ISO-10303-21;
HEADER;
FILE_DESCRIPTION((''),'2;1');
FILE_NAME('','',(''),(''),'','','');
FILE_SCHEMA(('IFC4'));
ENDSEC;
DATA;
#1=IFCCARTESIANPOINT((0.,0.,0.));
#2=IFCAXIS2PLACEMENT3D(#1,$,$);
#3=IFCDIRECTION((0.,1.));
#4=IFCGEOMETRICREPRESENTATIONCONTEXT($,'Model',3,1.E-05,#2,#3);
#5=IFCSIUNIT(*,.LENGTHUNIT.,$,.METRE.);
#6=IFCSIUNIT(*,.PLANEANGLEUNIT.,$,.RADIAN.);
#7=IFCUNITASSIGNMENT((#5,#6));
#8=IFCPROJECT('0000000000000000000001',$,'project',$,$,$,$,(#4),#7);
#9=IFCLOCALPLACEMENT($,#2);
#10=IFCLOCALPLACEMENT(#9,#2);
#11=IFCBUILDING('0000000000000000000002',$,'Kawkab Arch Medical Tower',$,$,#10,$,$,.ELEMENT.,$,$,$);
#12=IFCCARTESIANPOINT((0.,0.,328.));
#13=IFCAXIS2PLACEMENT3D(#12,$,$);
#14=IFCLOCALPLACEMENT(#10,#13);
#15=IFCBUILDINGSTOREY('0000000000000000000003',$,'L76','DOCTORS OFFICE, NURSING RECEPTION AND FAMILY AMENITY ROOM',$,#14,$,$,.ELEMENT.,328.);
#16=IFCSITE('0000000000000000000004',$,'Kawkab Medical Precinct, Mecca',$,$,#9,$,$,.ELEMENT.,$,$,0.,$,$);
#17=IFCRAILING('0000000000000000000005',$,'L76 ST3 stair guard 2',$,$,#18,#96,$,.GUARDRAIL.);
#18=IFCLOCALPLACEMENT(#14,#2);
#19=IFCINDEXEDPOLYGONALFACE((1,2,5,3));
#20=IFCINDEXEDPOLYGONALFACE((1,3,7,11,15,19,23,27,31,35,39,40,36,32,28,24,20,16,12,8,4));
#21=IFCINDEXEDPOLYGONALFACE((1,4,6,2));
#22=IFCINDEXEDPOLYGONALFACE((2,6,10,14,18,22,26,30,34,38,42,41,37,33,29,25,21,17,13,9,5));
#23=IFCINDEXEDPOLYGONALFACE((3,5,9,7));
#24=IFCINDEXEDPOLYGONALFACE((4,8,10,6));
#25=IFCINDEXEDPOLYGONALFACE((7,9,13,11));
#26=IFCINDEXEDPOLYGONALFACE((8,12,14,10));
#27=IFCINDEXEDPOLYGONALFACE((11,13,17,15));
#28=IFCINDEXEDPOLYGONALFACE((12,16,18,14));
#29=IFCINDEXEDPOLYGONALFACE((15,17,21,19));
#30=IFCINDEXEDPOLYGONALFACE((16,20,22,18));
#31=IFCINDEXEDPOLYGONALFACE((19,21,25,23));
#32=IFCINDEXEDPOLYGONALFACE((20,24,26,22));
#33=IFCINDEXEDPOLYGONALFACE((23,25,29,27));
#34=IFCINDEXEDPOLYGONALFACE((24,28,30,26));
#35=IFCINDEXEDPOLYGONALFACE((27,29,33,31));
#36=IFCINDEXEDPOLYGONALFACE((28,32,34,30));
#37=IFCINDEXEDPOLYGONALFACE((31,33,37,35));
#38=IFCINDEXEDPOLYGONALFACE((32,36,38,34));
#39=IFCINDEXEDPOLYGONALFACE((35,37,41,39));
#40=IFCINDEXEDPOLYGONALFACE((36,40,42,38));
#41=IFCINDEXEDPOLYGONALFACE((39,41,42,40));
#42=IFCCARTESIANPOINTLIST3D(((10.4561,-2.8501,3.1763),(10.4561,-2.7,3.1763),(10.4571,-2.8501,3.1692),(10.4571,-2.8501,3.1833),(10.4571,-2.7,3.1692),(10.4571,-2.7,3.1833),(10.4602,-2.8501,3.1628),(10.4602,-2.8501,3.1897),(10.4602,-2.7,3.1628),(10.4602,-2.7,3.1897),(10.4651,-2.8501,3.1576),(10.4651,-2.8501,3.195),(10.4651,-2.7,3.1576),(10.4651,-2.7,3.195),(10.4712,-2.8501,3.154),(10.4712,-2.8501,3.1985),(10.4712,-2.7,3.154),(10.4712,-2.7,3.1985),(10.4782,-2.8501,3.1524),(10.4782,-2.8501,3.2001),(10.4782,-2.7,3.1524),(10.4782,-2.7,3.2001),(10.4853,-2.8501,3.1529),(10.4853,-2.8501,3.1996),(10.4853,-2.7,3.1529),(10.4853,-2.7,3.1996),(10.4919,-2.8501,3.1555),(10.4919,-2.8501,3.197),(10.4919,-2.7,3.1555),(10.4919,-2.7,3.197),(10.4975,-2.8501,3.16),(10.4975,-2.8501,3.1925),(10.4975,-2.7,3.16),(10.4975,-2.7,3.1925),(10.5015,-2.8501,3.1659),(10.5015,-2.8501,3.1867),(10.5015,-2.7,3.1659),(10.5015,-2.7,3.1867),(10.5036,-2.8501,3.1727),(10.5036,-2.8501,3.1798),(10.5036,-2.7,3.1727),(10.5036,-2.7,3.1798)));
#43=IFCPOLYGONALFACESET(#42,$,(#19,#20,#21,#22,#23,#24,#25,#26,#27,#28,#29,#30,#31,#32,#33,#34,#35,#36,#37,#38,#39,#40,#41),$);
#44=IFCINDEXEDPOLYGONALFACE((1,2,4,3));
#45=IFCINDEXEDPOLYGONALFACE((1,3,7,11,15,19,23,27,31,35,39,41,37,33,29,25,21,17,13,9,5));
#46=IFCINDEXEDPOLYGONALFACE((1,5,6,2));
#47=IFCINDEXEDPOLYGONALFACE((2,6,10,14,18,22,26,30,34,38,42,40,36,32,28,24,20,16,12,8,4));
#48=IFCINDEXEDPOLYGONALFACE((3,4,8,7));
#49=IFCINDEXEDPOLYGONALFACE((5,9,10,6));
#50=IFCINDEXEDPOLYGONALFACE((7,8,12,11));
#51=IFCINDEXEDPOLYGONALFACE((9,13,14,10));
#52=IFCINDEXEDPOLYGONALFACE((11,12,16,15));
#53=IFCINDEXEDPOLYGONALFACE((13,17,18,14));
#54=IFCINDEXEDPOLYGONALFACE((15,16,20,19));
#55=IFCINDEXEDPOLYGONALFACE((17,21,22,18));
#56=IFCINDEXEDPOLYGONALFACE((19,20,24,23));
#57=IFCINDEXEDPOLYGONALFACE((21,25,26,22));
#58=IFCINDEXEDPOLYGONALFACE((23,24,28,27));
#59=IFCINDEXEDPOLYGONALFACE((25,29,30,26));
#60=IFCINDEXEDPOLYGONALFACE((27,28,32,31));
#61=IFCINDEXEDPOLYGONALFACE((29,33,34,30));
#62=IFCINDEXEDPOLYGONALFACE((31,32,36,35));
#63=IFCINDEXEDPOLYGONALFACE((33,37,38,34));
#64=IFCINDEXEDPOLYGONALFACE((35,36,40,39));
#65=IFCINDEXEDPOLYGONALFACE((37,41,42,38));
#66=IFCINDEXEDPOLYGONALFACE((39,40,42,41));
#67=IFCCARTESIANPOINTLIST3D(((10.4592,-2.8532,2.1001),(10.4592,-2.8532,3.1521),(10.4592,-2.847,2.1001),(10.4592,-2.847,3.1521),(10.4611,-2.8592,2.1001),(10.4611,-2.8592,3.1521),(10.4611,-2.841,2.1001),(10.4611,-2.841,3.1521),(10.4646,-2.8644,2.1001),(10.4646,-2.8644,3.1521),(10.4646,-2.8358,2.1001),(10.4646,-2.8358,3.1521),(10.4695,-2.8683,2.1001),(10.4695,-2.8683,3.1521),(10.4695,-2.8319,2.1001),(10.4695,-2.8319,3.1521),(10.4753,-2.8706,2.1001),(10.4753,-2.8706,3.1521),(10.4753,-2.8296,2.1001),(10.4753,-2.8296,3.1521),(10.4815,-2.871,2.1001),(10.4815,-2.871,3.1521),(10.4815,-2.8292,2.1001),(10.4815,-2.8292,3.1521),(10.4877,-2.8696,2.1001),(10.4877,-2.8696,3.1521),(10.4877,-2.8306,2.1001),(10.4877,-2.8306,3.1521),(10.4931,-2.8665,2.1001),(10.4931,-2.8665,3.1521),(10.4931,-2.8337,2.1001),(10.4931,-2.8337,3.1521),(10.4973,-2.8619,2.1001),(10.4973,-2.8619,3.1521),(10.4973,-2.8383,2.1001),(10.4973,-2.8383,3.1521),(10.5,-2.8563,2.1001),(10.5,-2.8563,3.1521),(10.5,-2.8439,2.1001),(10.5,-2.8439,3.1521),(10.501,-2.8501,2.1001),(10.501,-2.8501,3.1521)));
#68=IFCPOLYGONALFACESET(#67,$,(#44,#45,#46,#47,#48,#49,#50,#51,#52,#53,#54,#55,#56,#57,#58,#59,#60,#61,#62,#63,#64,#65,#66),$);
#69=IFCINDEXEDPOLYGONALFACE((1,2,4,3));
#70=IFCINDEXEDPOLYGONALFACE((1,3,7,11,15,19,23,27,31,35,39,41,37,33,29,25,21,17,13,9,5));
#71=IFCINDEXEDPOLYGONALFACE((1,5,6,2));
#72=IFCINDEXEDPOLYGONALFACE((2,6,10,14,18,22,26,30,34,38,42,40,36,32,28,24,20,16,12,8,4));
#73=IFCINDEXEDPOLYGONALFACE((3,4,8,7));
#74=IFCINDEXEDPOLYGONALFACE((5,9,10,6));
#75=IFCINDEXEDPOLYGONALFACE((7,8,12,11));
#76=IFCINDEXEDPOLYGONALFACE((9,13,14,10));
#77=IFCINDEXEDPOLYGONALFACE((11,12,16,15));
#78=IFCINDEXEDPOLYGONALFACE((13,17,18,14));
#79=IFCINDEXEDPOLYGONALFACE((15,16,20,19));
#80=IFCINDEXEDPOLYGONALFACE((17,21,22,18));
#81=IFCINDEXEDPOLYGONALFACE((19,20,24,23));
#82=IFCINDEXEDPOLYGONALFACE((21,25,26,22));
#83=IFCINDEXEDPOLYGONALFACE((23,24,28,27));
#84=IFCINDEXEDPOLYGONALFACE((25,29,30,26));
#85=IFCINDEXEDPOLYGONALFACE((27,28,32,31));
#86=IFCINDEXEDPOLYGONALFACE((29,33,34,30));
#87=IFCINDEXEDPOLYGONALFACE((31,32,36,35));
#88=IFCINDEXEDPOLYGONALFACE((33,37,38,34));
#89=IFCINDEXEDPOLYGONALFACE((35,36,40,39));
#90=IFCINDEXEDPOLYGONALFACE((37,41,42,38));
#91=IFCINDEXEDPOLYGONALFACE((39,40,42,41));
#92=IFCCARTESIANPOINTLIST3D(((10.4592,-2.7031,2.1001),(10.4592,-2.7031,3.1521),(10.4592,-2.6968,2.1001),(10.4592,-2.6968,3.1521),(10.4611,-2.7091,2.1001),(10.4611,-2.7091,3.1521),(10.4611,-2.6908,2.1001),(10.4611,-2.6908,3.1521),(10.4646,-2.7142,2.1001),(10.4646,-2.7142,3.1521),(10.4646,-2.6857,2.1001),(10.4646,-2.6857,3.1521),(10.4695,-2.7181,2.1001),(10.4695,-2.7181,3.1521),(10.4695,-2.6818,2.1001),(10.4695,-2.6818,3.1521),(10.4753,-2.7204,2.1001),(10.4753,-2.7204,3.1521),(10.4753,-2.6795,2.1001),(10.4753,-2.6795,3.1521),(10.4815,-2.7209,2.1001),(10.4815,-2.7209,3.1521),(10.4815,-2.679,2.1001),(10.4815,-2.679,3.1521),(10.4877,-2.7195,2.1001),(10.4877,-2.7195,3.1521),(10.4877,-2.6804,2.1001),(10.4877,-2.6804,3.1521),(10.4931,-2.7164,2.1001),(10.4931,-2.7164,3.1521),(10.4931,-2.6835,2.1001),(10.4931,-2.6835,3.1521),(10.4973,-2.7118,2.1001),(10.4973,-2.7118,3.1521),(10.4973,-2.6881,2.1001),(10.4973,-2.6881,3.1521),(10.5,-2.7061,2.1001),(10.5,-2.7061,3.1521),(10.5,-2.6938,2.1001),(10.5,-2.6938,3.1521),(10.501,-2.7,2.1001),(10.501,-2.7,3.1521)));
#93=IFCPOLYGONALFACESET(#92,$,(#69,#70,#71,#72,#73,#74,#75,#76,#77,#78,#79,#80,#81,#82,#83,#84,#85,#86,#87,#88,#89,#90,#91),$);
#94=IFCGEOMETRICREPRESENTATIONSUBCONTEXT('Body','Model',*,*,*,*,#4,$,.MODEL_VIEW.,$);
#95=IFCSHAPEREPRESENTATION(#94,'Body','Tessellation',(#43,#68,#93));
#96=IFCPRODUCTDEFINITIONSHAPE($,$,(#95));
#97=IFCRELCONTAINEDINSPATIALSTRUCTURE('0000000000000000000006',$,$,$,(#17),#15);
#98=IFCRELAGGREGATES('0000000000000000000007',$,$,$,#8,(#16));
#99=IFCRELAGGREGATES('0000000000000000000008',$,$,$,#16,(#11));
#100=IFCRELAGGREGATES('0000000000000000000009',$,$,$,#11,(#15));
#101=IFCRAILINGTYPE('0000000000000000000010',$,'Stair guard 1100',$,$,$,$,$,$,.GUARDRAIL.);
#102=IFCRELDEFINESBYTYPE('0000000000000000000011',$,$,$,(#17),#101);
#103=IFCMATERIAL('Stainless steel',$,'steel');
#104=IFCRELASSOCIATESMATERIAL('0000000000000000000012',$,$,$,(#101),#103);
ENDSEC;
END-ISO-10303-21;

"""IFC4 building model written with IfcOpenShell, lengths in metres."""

from ifc_helpers import new_model, si_unit, direction, frame, origin, origin_2d, place, context, subcontext, project, spatial, circle, extrude, material, type_object, element, save


model = new_model("IFC4")

# Units and contexts
model_context = context("Model", 3, precision=1e-05, world=origin(), true_north=direction((0.0, 1.0)))
body_context = subcontext(model_context, "Body", "Model", "MODEL_VIEW")
ifc_project = project(units=[si_unit("LENGTHUNIT", "METRE"), si_unit("PLANEANGLEUNIT", "RADIAN")], contexts=[model_context])

# Site, building, storey
site_placement = place(None, origin())
site = spatial("IfcSite", under=ifc_project, at=site_placement, Name="Kawkab Medical Precinct, Mecca", CompositionType="ELEMENT", RefElevation=0.0)
building_placement = place(site_placement, origin())
building = spatial("IfcBuilding", under=site, at=building_placement, Name="Kawkab Arch Medical Tower", CompositionType="ELEMENT")
storey_placement = place(building_placement, frame((0.0, 0.0, 328.0)))
storey = spatial("IfcBuildingStorey", under=building, at=storey_placement, Name="L76", Description="DOCTORS OFFICE, NURSING RECEPTION AND FAMILY AMENITY ROOM", CompositionType="ELEMENT", Elevation=328.0)

# Railing
ifc_material_1 = material(Name="Stainless steel", Category="steel")
railing_type_1 = type_object("IfcRailingType", Name="Stair guard 1100", PredefinedType="GUARDRAIL", material=ifc_material_1)
railing_1_placement = place(storey_placement, frame((10.48, -2.8501, 2.1001)))
element("IfcRailing", 1, at=railing_1_placement, inside=storey, type_object=railing_type_1, Name="L76 ST3 stair guard 2", PredefinedType="GUARDRAIL", context=body_context, shape_type="SweptSolid", body=[
    extrude(circle(Radius=0.0239, at=origin_2d()), frame((0.0, 0.0, 1.0762), z_axis=(0.0, 1.0, 0.0), x_axis=(-1.0, 0.0, 0.0)), (0.0, 0.0, 1.0), 0.1501),
    extrude(circle(Radius=0.021, at=origin_2d()), origin(), (0.0, 0.0, 1.0), 1.052),
    extrude(circle(Radius=0.021, at=origin_2d()), frame((0.0, 0.1501, 0.0)), (0.0, 0.0, 1.0), 1.052),
])

save(model, "model.ifc")
